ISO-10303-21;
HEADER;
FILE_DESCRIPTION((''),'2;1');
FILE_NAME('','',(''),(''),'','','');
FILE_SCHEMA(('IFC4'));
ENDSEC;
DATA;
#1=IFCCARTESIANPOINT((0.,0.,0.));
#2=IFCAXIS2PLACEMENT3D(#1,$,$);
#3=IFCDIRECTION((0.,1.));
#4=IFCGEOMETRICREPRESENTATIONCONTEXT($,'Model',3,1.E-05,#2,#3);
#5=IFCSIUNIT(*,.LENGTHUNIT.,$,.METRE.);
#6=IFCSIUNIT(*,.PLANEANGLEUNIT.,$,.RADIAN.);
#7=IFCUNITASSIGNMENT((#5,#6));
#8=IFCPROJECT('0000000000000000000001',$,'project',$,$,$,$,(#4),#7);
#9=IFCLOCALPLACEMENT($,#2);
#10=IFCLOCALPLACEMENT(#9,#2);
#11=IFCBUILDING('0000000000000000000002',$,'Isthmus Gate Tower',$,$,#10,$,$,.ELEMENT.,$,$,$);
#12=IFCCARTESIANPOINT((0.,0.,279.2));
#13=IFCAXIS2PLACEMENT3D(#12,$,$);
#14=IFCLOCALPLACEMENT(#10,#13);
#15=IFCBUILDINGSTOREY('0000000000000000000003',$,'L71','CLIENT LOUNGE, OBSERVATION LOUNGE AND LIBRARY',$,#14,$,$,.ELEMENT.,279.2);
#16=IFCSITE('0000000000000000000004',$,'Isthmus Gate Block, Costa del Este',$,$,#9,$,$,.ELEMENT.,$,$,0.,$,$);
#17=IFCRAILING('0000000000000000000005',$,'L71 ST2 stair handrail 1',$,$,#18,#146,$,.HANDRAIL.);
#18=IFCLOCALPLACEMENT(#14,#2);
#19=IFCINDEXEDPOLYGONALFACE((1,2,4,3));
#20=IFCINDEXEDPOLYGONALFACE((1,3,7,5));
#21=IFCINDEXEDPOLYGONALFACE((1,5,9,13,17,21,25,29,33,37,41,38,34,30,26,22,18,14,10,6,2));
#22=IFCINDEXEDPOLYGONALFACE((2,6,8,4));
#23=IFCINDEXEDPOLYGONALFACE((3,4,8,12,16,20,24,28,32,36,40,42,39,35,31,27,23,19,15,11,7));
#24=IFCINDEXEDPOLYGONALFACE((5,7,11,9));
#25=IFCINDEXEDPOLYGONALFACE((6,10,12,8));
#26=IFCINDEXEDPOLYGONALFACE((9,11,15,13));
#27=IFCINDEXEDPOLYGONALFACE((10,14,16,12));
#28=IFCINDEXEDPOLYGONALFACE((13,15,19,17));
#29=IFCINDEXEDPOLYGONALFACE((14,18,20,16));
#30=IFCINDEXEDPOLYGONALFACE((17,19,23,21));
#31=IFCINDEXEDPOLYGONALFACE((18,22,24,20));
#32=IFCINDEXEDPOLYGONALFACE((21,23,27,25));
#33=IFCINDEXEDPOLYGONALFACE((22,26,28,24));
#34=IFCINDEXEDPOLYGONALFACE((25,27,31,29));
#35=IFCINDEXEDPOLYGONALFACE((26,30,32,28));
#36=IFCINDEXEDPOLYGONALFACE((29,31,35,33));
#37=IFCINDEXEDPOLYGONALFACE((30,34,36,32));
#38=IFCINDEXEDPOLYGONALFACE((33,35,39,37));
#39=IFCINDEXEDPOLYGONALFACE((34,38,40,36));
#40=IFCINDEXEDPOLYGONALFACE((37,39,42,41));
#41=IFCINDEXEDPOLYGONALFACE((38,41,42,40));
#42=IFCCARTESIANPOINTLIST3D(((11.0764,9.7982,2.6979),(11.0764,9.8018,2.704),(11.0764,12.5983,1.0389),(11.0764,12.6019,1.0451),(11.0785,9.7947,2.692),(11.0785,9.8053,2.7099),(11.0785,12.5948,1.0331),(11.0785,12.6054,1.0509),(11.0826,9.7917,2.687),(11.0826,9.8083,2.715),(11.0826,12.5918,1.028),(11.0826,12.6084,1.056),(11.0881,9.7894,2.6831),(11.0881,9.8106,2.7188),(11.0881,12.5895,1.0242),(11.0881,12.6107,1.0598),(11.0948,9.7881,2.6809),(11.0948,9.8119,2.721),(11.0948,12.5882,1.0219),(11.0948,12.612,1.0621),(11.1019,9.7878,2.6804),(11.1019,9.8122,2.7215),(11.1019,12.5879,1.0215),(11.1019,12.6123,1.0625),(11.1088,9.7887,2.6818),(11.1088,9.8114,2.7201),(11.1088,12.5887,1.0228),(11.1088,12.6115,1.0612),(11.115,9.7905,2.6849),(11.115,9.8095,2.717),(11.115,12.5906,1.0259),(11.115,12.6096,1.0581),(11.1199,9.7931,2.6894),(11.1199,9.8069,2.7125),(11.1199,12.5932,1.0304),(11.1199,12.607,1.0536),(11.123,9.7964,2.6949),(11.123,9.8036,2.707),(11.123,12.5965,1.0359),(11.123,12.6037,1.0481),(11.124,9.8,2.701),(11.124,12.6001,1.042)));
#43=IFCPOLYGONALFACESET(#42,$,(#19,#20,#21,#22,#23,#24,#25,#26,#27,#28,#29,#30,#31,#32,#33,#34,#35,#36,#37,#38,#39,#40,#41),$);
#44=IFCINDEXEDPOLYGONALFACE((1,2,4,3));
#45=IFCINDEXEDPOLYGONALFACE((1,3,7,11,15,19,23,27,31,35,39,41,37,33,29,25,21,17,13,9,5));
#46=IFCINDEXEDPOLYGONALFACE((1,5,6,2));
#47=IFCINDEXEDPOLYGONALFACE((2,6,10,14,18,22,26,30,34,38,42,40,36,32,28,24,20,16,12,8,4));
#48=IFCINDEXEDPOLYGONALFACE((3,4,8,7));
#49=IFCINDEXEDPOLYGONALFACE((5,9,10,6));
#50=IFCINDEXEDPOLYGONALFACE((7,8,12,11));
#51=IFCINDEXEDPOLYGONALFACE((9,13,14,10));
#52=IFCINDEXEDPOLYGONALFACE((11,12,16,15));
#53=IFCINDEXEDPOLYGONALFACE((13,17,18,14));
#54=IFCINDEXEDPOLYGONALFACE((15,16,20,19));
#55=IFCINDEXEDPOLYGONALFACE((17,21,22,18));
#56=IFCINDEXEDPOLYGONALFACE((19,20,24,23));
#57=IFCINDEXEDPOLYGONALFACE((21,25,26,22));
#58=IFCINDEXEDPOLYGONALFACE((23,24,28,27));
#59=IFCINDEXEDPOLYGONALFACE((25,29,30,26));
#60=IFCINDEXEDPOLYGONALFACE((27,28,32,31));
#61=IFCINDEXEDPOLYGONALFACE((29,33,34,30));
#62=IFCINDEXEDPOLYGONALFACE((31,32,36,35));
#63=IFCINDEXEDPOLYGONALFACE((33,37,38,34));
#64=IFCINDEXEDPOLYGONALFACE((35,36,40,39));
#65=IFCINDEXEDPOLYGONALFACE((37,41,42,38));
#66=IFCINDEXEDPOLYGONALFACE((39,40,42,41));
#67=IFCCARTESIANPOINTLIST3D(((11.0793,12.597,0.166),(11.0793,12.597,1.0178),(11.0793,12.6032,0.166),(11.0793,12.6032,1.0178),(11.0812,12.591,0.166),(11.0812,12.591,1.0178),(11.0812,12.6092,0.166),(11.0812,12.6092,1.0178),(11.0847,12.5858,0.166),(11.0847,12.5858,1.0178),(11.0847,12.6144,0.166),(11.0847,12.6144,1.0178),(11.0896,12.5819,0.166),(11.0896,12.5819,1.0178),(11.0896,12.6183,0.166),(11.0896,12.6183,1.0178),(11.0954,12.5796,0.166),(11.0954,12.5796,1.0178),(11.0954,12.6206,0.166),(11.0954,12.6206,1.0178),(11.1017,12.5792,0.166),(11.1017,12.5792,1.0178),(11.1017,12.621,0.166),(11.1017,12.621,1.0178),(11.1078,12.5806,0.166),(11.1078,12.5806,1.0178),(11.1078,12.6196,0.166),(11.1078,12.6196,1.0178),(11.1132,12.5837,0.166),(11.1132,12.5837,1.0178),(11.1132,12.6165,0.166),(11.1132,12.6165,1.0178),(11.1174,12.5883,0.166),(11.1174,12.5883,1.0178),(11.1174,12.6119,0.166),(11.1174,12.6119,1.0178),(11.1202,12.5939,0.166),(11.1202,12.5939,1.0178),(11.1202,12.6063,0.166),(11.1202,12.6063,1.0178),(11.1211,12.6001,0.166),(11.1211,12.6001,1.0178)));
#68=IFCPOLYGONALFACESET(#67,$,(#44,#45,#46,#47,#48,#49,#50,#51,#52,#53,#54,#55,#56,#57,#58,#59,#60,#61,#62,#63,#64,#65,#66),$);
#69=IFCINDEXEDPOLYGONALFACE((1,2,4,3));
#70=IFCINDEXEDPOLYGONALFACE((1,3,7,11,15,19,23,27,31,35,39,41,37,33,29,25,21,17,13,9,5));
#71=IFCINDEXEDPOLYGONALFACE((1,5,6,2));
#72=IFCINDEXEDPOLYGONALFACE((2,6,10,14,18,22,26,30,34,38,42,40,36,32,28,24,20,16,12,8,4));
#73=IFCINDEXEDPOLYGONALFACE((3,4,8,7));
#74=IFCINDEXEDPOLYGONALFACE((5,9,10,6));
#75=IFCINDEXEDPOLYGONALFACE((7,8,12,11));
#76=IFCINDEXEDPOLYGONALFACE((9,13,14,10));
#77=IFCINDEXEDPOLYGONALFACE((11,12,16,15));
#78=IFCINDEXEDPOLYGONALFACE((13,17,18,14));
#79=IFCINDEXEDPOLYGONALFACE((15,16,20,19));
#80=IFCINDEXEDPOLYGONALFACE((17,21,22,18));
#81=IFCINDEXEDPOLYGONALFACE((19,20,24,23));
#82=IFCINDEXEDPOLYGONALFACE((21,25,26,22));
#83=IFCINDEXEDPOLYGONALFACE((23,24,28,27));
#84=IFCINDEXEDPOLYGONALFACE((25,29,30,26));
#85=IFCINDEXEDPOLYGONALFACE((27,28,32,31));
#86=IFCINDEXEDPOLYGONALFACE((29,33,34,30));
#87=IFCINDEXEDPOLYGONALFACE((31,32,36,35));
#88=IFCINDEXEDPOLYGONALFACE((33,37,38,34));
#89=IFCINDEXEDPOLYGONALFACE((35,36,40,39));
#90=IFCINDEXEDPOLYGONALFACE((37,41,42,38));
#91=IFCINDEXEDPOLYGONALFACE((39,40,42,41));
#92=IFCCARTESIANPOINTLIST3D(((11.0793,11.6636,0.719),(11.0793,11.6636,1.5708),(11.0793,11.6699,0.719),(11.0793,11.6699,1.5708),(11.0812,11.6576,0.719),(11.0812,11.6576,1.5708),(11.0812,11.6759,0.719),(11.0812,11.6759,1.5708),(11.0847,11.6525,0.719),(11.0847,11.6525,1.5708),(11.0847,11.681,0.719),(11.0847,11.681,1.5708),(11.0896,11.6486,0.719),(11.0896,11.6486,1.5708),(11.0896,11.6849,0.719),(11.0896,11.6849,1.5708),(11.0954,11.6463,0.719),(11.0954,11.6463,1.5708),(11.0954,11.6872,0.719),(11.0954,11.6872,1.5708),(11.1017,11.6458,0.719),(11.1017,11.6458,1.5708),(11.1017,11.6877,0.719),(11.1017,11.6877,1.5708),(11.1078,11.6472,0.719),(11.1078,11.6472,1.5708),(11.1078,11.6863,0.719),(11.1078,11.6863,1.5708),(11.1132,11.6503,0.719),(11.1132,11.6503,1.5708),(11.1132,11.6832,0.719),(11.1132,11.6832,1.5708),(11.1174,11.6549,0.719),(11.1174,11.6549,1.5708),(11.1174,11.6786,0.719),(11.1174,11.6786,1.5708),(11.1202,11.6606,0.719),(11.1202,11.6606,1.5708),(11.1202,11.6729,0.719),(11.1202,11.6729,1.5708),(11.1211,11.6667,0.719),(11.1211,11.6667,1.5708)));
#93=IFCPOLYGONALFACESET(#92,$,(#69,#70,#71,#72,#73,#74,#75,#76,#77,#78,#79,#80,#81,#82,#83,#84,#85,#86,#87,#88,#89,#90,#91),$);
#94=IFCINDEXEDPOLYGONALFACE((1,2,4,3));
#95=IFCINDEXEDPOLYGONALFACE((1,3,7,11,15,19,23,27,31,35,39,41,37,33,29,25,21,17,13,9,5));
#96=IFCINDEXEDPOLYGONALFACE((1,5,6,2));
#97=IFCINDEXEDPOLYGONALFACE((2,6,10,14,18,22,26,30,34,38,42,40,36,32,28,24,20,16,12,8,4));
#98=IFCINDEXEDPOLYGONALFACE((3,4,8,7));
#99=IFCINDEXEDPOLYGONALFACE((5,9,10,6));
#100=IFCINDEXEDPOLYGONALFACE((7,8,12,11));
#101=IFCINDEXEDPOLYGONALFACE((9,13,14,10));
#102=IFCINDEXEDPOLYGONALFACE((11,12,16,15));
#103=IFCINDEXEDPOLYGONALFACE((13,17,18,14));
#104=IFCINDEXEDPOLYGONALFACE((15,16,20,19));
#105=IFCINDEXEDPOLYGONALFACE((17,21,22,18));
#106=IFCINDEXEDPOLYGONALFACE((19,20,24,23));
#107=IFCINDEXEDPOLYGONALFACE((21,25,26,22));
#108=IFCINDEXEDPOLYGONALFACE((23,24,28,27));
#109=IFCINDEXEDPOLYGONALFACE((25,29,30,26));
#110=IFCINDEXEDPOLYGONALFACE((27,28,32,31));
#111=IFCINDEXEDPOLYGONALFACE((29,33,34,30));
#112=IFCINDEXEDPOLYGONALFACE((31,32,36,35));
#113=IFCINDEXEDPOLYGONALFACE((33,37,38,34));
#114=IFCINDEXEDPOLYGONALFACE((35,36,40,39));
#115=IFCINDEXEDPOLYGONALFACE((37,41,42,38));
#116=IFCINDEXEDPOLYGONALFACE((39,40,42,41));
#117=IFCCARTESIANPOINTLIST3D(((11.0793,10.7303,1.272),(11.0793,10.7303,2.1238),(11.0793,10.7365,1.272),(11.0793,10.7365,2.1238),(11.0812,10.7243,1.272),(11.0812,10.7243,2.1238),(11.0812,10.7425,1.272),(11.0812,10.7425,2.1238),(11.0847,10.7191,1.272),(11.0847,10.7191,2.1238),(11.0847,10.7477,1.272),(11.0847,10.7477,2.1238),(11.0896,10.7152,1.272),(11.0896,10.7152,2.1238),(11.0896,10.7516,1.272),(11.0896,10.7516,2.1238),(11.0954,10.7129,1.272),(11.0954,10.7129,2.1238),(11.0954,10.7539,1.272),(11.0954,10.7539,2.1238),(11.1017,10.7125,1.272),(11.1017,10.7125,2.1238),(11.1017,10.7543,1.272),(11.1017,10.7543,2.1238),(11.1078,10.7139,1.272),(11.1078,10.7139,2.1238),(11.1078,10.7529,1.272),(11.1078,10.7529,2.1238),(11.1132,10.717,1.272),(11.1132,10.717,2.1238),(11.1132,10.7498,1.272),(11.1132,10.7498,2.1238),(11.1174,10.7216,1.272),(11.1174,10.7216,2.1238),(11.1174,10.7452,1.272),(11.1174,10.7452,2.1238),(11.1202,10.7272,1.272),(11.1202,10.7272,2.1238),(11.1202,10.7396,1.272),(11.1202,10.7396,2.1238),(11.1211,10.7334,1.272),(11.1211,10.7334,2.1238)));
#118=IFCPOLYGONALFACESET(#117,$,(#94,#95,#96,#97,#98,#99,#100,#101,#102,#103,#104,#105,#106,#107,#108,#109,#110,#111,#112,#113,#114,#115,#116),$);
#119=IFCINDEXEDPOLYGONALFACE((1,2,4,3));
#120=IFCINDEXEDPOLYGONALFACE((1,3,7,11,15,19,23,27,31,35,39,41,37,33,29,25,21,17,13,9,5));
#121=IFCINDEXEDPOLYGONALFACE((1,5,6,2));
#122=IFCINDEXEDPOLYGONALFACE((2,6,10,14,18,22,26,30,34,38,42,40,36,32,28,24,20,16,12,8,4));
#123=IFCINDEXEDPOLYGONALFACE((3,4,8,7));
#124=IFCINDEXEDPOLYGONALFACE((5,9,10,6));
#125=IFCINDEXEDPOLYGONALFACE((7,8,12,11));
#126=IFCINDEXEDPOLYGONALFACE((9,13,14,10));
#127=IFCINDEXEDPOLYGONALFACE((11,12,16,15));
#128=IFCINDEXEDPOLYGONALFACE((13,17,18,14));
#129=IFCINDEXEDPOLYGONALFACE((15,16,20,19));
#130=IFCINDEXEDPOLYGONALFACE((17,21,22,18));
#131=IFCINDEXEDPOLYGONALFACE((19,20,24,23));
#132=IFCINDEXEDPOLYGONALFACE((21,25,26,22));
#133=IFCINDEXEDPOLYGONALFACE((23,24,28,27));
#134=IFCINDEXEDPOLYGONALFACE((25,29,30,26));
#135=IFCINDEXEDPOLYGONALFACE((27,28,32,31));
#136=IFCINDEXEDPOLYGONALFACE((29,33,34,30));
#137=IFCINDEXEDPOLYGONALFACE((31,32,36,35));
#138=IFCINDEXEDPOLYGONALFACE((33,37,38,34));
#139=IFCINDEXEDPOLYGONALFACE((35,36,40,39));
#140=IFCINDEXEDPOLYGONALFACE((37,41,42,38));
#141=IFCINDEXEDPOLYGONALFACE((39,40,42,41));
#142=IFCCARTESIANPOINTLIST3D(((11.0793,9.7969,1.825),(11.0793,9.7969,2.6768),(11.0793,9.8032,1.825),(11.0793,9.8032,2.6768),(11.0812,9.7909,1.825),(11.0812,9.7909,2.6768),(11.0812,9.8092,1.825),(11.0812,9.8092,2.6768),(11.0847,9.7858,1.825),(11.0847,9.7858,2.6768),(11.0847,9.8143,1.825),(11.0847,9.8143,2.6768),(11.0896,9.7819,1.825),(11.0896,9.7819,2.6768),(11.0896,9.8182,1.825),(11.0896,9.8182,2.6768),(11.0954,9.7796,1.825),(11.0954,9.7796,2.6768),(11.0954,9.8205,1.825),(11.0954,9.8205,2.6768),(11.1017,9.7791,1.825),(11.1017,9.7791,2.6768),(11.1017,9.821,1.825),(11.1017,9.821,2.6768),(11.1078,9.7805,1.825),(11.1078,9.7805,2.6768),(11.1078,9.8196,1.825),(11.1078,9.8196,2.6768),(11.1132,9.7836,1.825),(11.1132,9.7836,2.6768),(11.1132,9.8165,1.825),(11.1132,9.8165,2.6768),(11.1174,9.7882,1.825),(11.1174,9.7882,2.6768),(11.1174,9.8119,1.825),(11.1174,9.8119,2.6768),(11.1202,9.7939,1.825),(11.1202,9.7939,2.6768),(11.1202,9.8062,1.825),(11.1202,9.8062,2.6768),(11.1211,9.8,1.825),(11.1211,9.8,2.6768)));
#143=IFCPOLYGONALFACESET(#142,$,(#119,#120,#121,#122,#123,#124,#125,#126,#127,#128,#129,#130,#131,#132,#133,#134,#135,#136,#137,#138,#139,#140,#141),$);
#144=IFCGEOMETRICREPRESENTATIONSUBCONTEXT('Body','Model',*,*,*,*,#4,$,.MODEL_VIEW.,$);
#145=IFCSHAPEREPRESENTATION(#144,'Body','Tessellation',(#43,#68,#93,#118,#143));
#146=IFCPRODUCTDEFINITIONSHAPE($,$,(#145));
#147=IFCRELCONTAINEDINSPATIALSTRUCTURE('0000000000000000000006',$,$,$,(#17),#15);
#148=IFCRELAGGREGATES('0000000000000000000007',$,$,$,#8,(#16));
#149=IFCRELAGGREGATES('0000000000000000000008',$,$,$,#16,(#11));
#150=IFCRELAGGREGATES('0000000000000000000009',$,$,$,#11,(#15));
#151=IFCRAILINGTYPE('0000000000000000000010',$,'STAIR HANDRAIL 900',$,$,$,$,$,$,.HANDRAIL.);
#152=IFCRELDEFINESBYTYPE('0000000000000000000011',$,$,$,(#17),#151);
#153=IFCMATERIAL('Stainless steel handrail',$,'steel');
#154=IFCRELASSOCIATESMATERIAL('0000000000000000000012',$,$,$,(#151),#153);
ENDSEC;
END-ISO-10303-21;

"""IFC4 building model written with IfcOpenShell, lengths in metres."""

from ifc_helpers import new_model, si_unit, direction, frame, origin, origin_2d, place, context, subcontext, project, spatial, circle, extrude, material, type_object, element, save


model = new_model("IFC4")

# Units and contexts
model_context = context("Model", 3, precision=1e-05, world=origin(), true_north=direction((0.0, 1.0)))
body_context = subcontext(model_context, "Body", "Model", "MODEL_VIEW")
ifc_project = project(units=[si_unit("LENGTHUNIT", "METRE"), si_unit("PLANEANGLEUNIT", "RADIAN")], contexts=[model_context])

# Site, building, storey
site_placement = place(None, origin())
site = spatial("IfcSite", under=ifc_project, at=site_placement, Name="Isthmus Gate Block, Costa del Este", CompositionType="ELEMENT", RefElevation=0.0)
building_placement = place(site_placement, origin())
building = spatial("IfcBuilding", under=site, at=building_placement, Name="Isthmus Gate Tower", CompositionType="ELEMENT")
storey_placement = place(building_placement, frame((0.0, 0.0, 279.2)))
storey = spatial("IfcBuildingStorey", under=building, at=storey_placement, Name="L71", Description="CLIENT LOUNGE, OBSERVATION LOUNGE AND LIBRARY", CompositionType="ELEMENT", Elevation=279.2)

# Railing
ifc_material_1 = material(Name="Stainless steel handrail", Category="steel")
railing_type_1 = type_object("IfcRailingType", Name="STAIR HANDRAIL 900", PredefinedType="HANDRAIL", material=ifc_material_1)
railing_1_placement = place(storey_placement, frame((11.1001, 12.6001, 0.166)))
element("IfcRailing", 1, at=railing_1_placement, inside=storey, type_object=railing_type_1, Name="L71 ST2 stair handrail 1", PredefinedType="HANDRAIL", context=body_context, shape_type="SweptSolid", body=[
    extrude(circle(Radius=0.0239, at=origin_2d()), frame((0.0, 0.0, 0.876), z_axis=(0.0, -0.860339, 0.509722), x_axis=(1.0, 0.0, 0.0)), (0.0, 0.0, 1.0), 3.2546),
    extrude(circle(Radius=0.021, at=origin_2d()), origin(), (0.0, 0.0, 1.0), 0.8518),
    extrude(circle(Radius=0.021, at=origin_2d()), frame((0.0, -0.9333, 0.553)), (0.0, 0.0, 1.0), 0.8518),
    extrude(circle(Radius=0.021, at=origin_2d()), frame((0.0, -1.8667, 1.106)), (0.0, 0.0, 1.0), 0.8518),
    extrude(circle(Radius=0.021, at=origin_2d()), frame((0.0, -2.8, 1.6589)), (0.0, 0.0, 1.0), 0.8518),
])

save(model, "model.ifc")
